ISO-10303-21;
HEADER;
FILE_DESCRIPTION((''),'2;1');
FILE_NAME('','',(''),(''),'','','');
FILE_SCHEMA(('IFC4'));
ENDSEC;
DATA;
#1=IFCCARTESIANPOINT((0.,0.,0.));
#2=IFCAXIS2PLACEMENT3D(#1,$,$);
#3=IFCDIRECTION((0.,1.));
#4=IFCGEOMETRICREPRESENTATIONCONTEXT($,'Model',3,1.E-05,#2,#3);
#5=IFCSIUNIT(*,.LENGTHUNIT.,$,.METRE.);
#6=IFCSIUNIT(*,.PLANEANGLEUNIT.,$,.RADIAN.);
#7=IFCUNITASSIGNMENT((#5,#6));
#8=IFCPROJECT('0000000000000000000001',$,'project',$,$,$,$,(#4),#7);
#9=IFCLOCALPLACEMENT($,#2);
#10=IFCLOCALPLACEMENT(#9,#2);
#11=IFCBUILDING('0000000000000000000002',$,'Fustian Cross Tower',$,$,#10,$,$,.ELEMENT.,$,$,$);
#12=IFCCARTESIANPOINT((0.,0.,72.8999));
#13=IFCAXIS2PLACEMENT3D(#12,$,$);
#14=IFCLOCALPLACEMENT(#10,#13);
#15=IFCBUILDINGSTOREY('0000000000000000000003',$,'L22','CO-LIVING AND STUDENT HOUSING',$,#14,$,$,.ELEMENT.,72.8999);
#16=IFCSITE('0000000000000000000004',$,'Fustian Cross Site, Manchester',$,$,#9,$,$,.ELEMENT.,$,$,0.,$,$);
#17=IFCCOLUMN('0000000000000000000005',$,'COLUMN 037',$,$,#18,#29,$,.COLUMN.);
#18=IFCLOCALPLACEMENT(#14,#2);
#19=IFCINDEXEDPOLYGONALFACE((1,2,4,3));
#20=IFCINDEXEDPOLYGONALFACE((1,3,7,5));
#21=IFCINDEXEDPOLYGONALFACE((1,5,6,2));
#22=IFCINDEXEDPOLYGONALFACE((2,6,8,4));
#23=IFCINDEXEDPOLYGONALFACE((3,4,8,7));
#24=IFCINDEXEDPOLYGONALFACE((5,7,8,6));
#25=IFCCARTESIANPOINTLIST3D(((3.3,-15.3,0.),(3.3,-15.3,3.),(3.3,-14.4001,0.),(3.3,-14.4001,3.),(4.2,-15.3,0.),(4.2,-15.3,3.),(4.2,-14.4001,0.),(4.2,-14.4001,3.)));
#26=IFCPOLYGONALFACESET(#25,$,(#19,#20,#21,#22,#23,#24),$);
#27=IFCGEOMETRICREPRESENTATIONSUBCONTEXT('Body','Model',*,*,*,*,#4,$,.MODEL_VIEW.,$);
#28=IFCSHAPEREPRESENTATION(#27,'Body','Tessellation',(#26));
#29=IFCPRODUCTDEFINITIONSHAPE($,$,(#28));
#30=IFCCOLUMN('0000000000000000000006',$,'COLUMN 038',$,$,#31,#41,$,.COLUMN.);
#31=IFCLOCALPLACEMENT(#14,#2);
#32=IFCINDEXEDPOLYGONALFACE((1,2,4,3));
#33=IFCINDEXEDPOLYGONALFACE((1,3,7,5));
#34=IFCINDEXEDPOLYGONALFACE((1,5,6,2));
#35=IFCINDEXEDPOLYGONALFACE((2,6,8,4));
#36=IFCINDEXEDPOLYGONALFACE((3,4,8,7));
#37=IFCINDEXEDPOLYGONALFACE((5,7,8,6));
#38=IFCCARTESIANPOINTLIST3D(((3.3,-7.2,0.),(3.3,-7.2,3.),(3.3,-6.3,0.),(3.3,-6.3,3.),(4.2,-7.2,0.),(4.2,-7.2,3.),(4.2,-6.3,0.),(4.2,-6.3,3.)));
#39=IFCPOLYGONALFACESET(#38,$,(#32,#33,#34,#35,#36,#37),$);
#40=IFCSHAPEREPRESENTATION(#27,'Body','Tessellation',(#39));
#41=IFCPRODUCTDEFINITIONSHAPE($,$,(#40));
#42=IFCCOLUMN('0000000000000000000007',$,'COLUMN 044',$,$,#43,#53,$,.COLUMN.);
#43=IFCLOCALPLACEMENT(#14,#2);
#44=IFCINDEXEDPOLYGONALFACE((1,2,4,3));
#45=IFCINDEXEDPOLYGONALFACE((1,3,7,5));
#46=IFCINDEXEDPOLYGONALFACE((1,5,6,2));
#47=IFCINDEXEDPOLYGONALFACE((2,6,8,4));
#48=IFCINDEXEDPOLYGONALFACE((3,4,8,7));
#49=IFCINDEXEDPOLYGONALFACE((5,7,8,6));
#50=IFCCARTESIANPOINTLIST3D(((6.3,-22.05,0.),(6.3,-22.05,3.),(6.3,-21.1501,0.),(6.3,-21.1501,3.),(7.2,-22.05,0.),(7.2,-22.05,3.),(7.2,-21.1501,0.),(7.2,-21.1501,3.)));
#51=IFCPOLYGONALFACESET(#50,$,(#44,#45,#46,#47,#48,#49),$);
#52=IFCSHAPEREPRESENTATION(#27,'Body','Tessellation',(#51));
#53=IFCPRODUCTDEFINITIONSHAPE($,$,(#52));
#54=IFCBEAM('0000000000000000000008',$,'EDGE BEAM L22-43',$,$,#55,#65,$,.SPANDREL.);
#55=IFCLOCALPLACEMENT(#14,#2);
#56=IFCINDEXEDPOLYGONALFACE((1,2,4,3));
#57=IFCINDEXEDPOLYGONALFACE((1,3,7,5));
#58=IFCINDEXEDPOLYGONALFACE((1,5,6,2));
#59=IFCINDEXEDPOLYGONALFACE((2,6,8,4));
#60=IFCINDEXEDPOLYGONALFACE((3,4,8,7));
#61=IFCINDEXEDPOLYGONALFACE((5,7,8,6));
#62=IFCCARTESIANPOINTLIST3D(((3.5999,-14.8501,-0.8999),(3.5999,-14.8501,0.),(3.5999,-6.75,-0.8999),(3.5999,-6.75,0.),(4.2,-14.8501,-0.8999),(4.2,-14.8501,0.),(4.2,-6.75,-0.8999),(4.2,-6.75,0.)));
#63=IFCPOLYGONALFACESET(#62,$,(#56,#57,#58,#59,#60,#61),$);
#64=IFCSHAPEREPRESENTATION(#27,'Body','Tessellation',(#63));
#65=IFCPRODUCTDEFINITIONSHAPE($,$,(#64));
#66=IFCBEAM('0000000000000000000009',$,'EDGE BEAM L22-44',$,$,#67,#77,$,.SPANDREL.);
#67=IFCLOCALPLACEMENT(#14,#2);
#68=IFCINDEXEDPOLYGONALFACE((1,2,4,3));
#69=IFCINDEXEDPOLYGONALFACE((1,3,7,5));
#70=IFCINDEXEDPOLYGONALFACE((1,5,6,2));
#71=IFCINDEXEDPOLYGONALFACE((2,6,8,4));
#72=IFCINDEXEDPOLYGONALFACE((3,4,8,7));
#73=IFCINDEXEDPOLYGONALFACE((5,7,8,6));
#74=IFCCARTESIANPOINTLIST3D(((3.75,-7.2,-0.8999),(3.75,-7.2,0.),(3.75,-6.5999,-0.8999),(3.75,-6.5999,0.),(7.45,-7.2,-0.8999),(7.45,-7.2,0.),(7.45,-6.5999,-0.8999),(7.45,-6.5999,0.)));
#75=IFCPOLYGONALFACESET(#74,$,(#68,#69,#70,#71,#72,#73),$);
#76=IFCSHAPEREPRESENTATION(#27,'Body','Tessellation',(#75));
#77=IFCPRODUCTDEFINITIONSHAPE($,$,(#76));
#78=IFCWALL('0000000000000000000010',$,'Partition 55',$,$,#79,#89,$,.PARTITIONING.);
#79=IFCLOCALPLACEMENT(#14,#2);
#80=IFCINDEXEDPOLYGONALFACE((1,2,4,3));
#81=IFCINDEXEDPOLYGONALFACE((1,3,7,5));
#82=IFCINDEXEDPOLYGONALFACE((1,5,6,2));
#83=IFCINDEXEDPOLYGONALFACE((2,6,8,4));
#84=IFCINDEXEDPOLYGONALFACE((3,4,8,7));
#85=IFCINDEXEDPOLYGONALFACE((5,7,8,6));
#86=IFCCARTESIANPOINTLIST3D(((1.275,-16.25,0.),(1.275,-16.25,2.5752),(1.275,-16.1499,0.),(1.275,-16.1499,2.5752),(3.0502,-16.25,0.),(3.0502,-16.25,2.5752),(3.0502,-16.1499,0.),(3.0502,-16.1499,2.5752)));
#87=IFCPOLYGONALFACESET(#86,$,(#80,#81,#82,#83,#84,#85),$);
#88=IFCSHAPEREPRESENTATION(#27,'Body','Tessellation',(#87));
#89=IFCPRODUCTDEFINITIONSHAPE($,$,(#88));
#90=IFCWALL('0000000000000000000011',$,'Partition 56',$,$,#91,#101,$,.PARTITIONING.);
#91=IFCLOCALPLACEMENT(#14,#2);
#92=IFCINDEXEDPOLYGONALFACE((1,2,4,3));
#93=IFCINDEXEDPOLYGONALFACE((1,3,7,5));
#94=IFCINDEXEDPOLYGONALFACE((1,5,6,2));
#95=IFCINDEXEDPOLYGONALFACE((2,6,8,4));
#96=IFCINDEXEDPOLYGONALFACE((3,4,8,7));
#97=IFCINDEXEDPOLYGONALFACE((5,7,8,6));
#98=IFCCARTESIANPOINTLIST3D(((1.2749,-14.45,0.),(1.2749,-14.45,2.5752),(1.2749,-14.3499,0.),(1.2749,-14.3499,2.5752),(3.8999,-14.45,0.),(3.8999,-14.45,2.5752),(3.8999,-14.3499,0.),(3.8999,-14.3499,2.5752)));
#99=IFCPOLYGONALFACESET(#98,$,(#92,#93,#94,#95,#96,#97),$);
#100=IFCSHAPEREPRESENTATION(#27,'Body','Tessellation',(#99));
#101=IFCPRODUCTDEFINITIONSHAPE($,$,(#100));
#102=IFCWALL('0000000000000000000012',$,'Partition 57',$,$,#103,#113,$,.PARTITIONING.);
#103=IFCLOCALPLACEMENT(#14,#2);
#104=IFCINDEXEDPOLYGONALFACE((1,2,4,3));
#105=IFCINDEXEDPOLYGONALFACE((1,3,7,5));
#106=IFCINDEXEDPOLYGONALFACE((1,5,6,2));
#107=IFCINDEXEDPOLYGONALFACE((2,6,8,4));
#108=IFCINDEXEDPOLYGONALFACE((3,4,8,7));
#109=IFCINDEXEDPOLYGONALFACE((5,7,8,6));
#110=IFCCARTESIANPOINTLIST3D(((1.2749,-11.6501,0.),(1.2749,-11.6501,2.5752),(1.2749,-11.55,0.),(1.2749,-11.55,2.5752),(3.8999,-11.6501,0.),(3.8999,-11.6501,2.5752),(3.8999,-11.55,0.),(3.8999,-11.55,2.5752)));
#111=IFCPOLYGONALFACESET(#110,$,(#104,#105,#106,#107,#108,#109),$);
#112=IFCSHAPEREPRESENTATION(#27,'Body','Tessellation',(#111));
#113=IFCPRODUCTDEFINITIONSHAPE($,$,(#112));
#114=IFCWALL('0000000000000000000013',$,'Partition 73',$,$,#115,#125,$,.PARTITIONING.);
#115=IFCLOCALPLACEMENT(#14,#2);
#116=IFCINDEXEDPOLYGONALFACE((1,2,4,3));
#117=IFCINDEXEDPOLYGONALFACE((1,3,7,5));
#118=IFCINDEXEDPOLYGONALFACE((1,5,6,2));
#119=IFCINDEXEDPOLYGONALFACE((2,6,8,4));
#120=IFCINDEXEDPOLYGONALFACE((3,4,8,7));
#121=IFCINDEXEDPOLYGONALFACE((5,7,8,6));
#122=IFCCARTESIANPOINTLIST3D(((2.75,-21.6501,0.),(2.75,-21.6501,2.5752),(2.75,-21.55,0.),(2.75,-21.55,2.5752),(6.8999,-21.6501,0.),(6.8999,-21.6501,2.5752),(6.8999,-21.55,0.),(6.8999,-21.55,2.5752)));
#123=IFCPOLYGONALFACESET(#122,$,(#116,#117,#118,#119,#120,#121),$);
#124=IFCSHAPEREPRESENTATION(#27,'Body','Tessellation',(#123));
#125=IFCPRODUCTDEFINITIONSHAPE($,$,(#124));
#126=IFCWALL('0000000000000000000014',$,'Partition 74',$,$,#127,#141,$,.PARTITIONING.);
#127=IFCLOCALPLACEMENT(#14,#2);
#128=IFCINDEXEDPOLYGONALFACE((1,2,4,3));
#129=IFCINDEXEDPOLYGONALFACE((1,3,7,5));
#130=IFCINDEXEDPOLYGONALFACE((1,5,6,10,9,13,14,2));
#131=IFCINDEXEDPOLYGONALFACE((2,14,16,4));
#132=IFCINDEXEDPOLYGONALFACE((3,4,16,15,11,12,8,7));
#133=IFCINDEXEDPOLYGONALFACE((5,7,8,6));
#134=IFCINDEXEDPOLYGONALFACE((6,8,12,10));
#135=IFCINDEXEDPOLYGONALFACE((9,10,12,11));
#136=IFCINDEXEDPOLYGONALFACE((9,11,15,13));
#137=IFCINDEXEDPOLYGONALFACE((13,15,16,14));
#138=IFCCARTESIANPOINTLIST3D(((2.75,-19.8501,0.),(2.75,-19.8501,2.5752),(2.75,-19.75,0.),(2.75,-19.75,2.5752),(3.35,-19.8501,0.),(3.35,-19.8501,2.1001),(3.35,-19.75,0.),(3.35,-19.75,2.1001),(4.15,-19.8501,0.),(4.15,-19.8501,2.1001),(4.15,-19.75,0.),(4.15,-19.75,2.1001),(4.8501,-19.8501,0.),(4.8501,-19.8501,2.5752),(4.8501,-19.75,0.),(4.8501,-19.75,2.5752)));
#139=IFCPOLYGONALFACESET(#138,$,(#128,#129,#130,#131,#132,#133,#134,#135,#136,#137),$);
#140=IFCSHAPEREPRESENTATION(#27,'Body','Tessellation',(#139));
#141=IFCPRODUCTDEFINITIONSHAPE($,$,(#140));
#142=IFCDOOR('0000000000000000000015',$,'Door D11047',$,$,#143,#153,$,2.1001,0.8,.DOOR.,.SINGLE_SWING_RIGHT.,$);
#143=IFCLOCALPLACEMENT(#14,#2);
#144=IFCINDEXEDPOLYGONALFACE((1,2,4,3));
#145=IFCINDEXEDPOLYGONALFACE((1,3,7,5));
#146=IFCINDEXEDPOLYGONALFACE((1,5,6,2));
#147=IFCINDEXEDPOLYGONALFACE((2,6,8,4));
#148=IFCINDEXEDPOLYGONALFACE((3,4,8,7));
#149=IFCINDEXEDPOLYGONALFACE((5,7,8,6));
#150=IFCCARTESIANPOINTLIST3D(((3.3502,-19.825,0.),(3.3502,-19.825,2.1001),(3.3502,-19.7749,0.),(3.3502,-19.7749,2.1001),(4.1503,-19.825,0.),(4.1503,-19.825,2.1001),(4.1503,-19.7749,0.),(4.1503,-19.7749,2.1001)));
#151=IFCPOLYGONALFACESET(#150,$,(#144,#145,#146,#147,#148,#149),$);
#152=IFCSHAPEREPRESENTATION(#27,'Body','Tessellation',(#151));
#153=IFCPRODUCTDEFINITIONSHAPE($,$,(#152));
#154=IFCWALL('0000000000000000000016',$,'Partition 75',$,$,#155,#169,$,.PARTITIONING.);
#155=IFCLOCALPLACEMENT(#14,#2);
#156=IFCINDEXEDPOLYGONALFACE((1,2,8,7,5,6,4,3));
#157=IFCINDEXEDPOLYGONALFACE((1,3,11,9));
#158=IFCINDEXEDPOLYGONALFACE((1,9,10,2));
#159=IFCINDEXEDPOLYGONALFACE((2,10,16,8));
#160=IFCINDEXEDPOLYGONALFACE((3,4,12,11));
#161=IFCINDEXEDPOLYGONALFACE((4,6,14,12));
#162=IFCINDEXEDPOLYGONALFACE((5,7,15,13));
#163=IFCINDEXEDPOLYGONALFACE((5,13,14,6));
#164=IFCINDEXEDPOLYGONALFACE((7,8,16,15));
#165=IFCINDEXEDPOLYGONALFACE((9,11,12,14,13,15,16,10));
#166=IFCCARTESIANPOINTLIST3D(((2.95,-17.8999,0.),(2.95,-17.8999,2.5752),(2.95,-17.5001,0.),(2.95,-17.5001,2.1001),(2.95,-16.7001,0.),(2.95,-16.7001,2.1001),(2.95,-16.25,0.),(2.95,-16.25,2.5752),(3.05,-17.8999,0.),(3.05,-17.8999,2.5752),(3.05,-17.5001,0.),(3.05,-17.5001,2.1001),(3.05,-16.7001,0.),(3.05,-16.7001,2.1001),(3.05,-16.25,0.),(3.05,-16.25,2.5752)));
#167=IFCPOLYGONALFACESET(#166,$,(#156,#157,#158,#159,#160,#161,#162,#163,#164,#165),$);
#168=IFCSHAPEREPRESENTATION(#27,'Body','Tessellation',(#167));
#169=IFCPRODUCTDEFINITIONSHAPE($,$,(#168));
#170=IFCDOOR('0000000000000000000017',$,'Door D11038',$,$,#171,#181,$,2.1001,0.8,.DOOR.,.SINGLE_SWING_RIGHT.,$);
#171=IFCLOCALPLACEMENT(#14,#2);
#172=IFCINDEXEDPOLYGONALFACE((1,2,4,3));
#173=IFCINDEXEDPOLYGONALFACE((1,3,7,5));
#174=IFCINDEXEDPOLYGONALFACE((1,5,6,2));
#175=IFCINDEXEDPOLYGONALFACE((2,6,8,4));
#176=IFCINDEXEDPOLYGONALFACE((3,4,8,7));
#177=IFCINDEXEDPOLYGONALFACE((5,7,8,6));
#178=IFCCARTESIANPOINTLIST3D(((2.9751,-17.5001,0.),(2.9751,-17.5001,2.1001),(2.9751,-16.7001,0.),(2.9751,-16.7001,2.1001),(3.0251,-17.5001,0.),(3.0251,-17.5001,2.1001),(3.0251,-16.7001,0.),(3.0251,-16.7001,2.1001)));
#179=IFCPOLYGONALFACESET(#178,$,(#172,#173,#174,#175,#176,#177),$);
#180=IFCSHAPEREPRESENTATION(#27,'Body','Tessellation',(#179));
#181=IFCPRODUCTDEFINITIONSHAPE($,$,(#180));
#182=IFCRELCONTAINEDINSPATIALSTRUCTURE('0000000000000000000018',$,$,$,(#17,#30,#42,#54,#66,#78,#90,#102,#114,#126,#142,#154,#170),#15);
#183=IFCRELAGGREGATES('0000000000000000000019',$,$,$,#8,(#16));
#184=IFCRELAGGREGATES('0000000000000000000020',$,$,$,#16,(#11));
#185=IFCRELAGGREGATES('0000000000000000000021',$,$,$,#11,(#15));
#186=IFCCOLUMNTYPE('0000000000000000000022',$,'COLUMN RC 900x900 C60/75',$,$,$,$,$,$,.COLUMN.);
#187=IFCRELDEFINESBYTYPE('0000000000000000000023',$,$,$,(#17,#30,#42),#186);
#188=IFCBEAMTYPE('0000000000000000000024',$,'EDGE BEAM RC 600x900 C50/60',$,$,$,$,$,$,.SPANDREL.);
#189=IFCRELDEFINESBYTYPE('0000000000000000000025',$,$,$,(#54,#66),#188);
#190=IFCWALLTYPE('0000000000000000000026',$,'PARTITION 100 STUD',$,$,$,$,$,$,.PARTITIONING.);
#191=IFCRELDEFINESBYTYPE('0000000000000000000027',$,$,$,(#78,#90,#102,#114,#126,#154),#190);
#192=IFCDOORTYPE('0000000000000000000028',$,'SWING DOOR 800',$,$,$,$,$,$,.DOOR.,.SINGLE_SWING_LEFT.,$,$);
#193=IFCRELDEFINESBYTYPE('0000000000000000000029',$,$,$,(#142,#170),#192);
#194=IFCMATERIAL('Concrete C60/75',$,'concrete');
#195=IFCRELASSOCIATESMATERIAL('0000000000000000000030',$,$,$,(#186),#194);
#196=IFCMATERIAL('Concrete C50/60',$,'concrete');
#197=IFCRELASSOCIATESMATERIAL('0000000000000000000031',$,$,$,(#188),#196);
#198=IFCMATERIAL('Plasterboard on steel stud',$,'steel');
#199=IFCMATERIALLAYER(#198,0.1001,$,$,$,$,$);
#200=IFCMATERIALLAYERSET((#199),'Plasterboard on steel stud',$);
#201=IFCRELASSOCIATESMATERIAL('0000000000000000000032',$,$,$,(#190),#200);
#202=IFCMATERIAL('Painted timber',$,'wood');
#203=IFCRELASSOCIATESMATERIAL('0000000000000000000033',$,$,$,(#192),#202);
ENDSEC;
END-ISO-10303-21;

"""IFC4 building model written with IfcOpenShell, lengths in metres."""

from ifc_helpers import new_model, si_unit, direction, frame, frame_2d, origin, origin_2d, place, context, subcontext, project, spatial, rectangle, extrude, material, layer, layer_set, material_profile, profile_set, type_object, element, fill, save


model = new_model("IFC4")

# Units and contexts
model_context = context("Model", 3, precision=1e-05, world=origin(), true_north=direction((0.0, 1.0)))
body_context = subcontext(model_context, "Body", "Model", "MODEL_VIEW")
ifc_project = project(units=[si_unit("LENGTHUNIT", "METRE"), si_unit("PLANEANGLEUNIT", "RADIAN")], contexts=[model_context])

# Site, building, storey
site_placement = place(None, origin())
site = spatial("IfcSite", under=ifc_project, at=site_placement, Name="Fustian Cross Site, Manchester", CompositionType="ELEMENT", RefElevation=0.0)
building_placement = place(site_placement, origin())
building = spatial("IfcBuilding", under=site, at=building_placement, Name="Fustian Cross Tower", CompositionType="ELEMENT")
storey_placement = place(building_placement, frame((0.0, 0.0, 72.8999)))
storey = spatial("IfcBuildingStorey", under=building, at=storey_placement, Name="L22", Description="CO-LIVING AND STUDENT HOUSING", CompositionType="ELEMENT", Elevation=72.8999)

# Columns
ifc_material_1 = material(Name="Concrete C60/75", Category="concrete")
ifc_material_profile_1 = material_profile(ifc_material_1, rectangle(XDim=0.8999, YDim=0.8999, at=origin_2d()), Name="RC 900x900")
ifc_profile_set_1 = profile_set([ifc_material_profile_1], Name="Concrete C60/75")
column_type = type_object("IfcColumnType", Name="COLUMN RC 900x900 C60/75", PredefinedType="COLUMN", material=ifc_profile_set_1)
for number, where, z_axis, x_axis, name in (
    (1, (3.75, -14.8501, 0.0), (0.0, 0.0, 1.0), (1.0, 0.0, 0.0), "COLUMN 037"),
    (2, (3.75, -6.75, 0.0), (0.0, 0.0, 1.0), (1.0, 0.0, 0.0), "COLUMN 038"),
    (3, (6.75, -21.6001, 0.0), (0.0, 0.0, 1.0), (1.0, 0.0, 0.0), "COLUMN 044"),
):
    element("IfcColumn", number, at=place(storey_placement, frame(where, z_axis=z_axis, x_axis=x_axis)), inside=storey, type_object=column_type, Name=name, PredefinedType="COLUMN", context=body_context, shape_type="SweptSolid", body=[
        extrude(rectangle(XDim=0.8999, YDim=0.8999, at=origin_2d()), origin(), (0.0, 0.0, 1.0), 3.0),
    ])

# Beams
ifc_material_2 = material(Name="Concrete C50/60", Category="concrete")
ifc_material_profile_2 = material_profile(ifc_material_2, rectangle(XDim=0.6001, YDim=0.8999, at=origin_2d()), Name="RC 600x900")
ifc_profile_set_2 = profile_set([ifc_material_profile_2], Name="Concrete C50/60")
beam_type = type_object("IfcBeamType", Name="EDGE BEAM RC 600x900 C50/60", PredefinedType="SPANDREL", material=ifc_profile_set_2)
beam_1_placement = place(storey_placement, frame((3.8999, -14.8501, -0.45), z_axis=(0.0, 1.0, 0.0), x_axis=(-1.0, 0.0, 0.0)))
element("IfcBeam", 4, at=beam_1_placement, inside=storey, type_object=beam_type, Name="EDGE BEAM L22-43", PredefinedType="SPANDREL", context=body_context, shape_type="SweptSolid", body=[
    extrude(rectangle(XDim=0.6001, YDim=0.8999, at=origin_2d()), origin(), (0.0, 0.0, 1.0), 8.1001),
])
beam_2_placement = place(storey_placement, frame((3.75, -6.8999, -0.45), z_axis=(1.0, 0.0, 0.0), x_axis=(0.0, 1.0, 0.0)))
element("IfcBeam", 5, at=beam_2_placement, inside=storey, type_object=beam_type, Name="EDGE BEAM L22-44", PredefinedType="SPANDREL", context=body_context, shape_type="SweptSolid", body=[
    extrude(rectangle(XDim=0.6001, YDim=0.8999, at=origin_2d()), origin(), (0.0, 0.0, 1.0), 3.7),
])

# Walls
ifc_material_3 = material(Name="Plasterboard on steel stud", Category="steel")
ifc_layer_1 = layer(ifc_material_3, 0.1001)
ifc_layer_set_1 = layer_set([ifc_layer_1], Name="Plasterboard on steel stud")
wall_type_1 = type_object("IfcWallType", Name="PARTITION 100 STUD", PredefinedType="PARTITIONING", material=ifc_layer_set_1)
wall_1_placement = place(storey_placement, frame((1.2749, -16.2, 0.0), z_axis=(0.0, 0.0, 1.0), x_axis=(1.0, 0.0, 0.0)))
element("IfcWall", 6, at=wall_1_placement, inside=storey, type_object=wall_type_1, Name="Partition 55", PredefinedType="PARTITIONING", context=body_context, shape_type="SweptSolid", body=[
    extrude(rectangle(XDim=1.7751, YDim=0.1001, at=frame_2d((0.8877, 0.0))), origin(), (0.0, 0.0, 1.0), 2.5752),
])
for number, where, z_axis, x_axis, name in (
    (7, (1.2749, -14.3999, 0.0), (0.0, 0.0, 1.0), (1.0, 0.0, 0.0), "Partition 56"),
    (8, (1.2749, -11.6001, 0.0), (0.0, 0.0, 1.0), (1.0, 0.0, 0.0), "Partition 57"),
):
    element("IfcWall", number, at=place(storey_placement, frame(where, z_axis=z_axis, x_axis=x_axis)), inside=storey, type_object=wall_type_1, Name=name, PredefinedType="PARTITIONING", context=body_context, shape_type="SweptSolid", body=[
        extrude(rectangle(XDim=2.625, YDim=0.1001, at=frame_2d((1.3125, 0.0))), origin(), (0.0, 0.0, 1.0), 2.5752),
    ])
wall_2_placement = place(storey_placement, frame((2.75, -21.6001, 0.0), z_axis=(0.0, 0.0, 1.0), x_axis=(1.0, 0.0, 0.0)))
element("IfcWall", 9, at=wall_2_placement, inside=storey, type_object=wall_type_1, Name="Partition 73", PredefinedType="PARTITIONING", context=body_context, shape_type="SweptSolid", body=[
    extrude(rectangle(XDim=4.1499, YDim=0.1001, at=frame_2d((2.075, 0.0))), origin(), (0.0, 0.0, 1.0), 2.5752),
])

# Walls, openings, doors
wall_3_placement = place(storey_placement, frame((2.75, -19.8, 0.0), z_axis=(0.0, 0.0, 1.0), x_axis=(1.0, 0.0, 0.0)))
wall_3 = element("IfcWall", 10, at=wall_3_placement, inside=storey, type_object=wall_type_1, Name="Partition 74", PredefinedType="PARTITIONING", context=body_context, shape_type="SweptSolid", body=[
    extrude(rectangle(XDim=2.1001, YDim=0.1001, at=frame_2d((1.05, 0.0))), origin(), (0.0, 0.0, 1.0), 2.5752),
])
opening_1_placement = place(wall_3_placement, frame((0.6001, 0.0, 0.0)))
opening_1 = element("IfcOpeningElement", 11, at=opening_1_placement, cuts=wall_3, PredefinedType="OPENING", context=body_context, shape_type="SweptSolid", body=[
    extrude(rectangle(XDim=0.8, YDim=2.1001, at=frame_2d((0.3999, 1.05))), frame((0.0, 0.0601, 0.0), z_axis=(0.0, -1.0, 0.0), x_axis=(1.0, 0.0, 0.0)), (0.0, 0.0, 1.0), 0.1201),
])
ifc_material_4 = material(Name="Painted timber", Category="wood")
door_type_1 = type_object("IfcDoorType", Name="SWING DOOR 800", OperationType="SINGLE_SWING_LEFT", PredefinedType="DOOR", material=ifc_material_4)
door_1_placement = place(opening_1_placement, frame((0.8, 0.0, 0.0), z_axis=(0.0, 0.0, 1.0), x_axis=(-1.0, 0.0, 0.0)))
door_1 = element("IfcDoor", 12, at=door_1_placement, inside=storey, type_object=door_type_1, Name="Door D11047", OperationType="SINGLE_SWING_RIGHT", OverallHeight=2.1001, OverallWidth=0.8, PredefinedType="DOOR", context=body_context, shape_type="SweptSolid", body=[
    extrude(rectangle(XDim=0.8, YDim=2.1001, at=frame_2d((0.3999, 1.05))), frame((0.0, 0.0249, 0.0), z_axis=(0.0, -1.0, 0.0), x_axis=(1.0, 0.0, 0.0)), (0.0, 0.0, 1.0), 0.05),
])
fill(opening_1, door_1)
wall_4_placement = place(storey_placement, frame((3.0, -17.8999, 0.0), z_axis=(0.0, 0.0, 1.0), x_axis=(0.0, 1.0, 0.0)))
wall_4 = element("IfcWall", 13, at=wall_4_placement, inside=storey, type_object=wall_type_1, Name="Partition 75", PredefinedType="PARTITIONING", context=body_context, shape_type="SweptSolid", body=[
    extrude(rectangle(XDim=1.6499, YDim=0.1001, at=frame_2d((0.825, 0.0))), origin(), (0.0, 0.0, 1.0), 2.5752),
])
opening_2_placement = place(wall_4_placement, frame((0.3999, 0.0, 0.0)))
opening_2 = element("IfcOpeningElement", 14, at=opening_2_placement, cuts=wall_4, PredefinedType="OPENING", context=body_context, shape_type="SweptSolid", body=[
    extrude(rectangle(XDim=0.8, YDim=2.1001, at=frame_2d((0.3999, 1.05))), frame((0.0, 0.0601, 0.0), z_axis=(0.0, -1.0, 0.0), x_axis=(1.0, 0.0, 0.0)), (0.0, 0.0, 1.0), 0.1201),
])
door_2_placement = place(opening_2_placement, origin())
door_2 = element("IfcDoor", 15, at=door_2_placement, inside=storey, type_object=door_type_1, Name="Door D11038", OperationType="SINGLE_SWING_RIGHT", OverallHeight=2.1001, OverallWidth=0.8, PredefinedType="DOOR", context=body_context, shape_type="SweptSolid", body=[
    extrude(rectangle(XDim=0.8, YDim=2.1001, at=frame_2d((0.3999, 1.05))), frame((0.0, 0.0249, 0.0), z_axis=(0.0, -1.0, 0.0), x_axis=(1.0, 0.0, 0.0)), (0.0, 0.0, 1.0), 0.05),
])
fill(opening_2, door_2)

save(model, "model.ifc")
